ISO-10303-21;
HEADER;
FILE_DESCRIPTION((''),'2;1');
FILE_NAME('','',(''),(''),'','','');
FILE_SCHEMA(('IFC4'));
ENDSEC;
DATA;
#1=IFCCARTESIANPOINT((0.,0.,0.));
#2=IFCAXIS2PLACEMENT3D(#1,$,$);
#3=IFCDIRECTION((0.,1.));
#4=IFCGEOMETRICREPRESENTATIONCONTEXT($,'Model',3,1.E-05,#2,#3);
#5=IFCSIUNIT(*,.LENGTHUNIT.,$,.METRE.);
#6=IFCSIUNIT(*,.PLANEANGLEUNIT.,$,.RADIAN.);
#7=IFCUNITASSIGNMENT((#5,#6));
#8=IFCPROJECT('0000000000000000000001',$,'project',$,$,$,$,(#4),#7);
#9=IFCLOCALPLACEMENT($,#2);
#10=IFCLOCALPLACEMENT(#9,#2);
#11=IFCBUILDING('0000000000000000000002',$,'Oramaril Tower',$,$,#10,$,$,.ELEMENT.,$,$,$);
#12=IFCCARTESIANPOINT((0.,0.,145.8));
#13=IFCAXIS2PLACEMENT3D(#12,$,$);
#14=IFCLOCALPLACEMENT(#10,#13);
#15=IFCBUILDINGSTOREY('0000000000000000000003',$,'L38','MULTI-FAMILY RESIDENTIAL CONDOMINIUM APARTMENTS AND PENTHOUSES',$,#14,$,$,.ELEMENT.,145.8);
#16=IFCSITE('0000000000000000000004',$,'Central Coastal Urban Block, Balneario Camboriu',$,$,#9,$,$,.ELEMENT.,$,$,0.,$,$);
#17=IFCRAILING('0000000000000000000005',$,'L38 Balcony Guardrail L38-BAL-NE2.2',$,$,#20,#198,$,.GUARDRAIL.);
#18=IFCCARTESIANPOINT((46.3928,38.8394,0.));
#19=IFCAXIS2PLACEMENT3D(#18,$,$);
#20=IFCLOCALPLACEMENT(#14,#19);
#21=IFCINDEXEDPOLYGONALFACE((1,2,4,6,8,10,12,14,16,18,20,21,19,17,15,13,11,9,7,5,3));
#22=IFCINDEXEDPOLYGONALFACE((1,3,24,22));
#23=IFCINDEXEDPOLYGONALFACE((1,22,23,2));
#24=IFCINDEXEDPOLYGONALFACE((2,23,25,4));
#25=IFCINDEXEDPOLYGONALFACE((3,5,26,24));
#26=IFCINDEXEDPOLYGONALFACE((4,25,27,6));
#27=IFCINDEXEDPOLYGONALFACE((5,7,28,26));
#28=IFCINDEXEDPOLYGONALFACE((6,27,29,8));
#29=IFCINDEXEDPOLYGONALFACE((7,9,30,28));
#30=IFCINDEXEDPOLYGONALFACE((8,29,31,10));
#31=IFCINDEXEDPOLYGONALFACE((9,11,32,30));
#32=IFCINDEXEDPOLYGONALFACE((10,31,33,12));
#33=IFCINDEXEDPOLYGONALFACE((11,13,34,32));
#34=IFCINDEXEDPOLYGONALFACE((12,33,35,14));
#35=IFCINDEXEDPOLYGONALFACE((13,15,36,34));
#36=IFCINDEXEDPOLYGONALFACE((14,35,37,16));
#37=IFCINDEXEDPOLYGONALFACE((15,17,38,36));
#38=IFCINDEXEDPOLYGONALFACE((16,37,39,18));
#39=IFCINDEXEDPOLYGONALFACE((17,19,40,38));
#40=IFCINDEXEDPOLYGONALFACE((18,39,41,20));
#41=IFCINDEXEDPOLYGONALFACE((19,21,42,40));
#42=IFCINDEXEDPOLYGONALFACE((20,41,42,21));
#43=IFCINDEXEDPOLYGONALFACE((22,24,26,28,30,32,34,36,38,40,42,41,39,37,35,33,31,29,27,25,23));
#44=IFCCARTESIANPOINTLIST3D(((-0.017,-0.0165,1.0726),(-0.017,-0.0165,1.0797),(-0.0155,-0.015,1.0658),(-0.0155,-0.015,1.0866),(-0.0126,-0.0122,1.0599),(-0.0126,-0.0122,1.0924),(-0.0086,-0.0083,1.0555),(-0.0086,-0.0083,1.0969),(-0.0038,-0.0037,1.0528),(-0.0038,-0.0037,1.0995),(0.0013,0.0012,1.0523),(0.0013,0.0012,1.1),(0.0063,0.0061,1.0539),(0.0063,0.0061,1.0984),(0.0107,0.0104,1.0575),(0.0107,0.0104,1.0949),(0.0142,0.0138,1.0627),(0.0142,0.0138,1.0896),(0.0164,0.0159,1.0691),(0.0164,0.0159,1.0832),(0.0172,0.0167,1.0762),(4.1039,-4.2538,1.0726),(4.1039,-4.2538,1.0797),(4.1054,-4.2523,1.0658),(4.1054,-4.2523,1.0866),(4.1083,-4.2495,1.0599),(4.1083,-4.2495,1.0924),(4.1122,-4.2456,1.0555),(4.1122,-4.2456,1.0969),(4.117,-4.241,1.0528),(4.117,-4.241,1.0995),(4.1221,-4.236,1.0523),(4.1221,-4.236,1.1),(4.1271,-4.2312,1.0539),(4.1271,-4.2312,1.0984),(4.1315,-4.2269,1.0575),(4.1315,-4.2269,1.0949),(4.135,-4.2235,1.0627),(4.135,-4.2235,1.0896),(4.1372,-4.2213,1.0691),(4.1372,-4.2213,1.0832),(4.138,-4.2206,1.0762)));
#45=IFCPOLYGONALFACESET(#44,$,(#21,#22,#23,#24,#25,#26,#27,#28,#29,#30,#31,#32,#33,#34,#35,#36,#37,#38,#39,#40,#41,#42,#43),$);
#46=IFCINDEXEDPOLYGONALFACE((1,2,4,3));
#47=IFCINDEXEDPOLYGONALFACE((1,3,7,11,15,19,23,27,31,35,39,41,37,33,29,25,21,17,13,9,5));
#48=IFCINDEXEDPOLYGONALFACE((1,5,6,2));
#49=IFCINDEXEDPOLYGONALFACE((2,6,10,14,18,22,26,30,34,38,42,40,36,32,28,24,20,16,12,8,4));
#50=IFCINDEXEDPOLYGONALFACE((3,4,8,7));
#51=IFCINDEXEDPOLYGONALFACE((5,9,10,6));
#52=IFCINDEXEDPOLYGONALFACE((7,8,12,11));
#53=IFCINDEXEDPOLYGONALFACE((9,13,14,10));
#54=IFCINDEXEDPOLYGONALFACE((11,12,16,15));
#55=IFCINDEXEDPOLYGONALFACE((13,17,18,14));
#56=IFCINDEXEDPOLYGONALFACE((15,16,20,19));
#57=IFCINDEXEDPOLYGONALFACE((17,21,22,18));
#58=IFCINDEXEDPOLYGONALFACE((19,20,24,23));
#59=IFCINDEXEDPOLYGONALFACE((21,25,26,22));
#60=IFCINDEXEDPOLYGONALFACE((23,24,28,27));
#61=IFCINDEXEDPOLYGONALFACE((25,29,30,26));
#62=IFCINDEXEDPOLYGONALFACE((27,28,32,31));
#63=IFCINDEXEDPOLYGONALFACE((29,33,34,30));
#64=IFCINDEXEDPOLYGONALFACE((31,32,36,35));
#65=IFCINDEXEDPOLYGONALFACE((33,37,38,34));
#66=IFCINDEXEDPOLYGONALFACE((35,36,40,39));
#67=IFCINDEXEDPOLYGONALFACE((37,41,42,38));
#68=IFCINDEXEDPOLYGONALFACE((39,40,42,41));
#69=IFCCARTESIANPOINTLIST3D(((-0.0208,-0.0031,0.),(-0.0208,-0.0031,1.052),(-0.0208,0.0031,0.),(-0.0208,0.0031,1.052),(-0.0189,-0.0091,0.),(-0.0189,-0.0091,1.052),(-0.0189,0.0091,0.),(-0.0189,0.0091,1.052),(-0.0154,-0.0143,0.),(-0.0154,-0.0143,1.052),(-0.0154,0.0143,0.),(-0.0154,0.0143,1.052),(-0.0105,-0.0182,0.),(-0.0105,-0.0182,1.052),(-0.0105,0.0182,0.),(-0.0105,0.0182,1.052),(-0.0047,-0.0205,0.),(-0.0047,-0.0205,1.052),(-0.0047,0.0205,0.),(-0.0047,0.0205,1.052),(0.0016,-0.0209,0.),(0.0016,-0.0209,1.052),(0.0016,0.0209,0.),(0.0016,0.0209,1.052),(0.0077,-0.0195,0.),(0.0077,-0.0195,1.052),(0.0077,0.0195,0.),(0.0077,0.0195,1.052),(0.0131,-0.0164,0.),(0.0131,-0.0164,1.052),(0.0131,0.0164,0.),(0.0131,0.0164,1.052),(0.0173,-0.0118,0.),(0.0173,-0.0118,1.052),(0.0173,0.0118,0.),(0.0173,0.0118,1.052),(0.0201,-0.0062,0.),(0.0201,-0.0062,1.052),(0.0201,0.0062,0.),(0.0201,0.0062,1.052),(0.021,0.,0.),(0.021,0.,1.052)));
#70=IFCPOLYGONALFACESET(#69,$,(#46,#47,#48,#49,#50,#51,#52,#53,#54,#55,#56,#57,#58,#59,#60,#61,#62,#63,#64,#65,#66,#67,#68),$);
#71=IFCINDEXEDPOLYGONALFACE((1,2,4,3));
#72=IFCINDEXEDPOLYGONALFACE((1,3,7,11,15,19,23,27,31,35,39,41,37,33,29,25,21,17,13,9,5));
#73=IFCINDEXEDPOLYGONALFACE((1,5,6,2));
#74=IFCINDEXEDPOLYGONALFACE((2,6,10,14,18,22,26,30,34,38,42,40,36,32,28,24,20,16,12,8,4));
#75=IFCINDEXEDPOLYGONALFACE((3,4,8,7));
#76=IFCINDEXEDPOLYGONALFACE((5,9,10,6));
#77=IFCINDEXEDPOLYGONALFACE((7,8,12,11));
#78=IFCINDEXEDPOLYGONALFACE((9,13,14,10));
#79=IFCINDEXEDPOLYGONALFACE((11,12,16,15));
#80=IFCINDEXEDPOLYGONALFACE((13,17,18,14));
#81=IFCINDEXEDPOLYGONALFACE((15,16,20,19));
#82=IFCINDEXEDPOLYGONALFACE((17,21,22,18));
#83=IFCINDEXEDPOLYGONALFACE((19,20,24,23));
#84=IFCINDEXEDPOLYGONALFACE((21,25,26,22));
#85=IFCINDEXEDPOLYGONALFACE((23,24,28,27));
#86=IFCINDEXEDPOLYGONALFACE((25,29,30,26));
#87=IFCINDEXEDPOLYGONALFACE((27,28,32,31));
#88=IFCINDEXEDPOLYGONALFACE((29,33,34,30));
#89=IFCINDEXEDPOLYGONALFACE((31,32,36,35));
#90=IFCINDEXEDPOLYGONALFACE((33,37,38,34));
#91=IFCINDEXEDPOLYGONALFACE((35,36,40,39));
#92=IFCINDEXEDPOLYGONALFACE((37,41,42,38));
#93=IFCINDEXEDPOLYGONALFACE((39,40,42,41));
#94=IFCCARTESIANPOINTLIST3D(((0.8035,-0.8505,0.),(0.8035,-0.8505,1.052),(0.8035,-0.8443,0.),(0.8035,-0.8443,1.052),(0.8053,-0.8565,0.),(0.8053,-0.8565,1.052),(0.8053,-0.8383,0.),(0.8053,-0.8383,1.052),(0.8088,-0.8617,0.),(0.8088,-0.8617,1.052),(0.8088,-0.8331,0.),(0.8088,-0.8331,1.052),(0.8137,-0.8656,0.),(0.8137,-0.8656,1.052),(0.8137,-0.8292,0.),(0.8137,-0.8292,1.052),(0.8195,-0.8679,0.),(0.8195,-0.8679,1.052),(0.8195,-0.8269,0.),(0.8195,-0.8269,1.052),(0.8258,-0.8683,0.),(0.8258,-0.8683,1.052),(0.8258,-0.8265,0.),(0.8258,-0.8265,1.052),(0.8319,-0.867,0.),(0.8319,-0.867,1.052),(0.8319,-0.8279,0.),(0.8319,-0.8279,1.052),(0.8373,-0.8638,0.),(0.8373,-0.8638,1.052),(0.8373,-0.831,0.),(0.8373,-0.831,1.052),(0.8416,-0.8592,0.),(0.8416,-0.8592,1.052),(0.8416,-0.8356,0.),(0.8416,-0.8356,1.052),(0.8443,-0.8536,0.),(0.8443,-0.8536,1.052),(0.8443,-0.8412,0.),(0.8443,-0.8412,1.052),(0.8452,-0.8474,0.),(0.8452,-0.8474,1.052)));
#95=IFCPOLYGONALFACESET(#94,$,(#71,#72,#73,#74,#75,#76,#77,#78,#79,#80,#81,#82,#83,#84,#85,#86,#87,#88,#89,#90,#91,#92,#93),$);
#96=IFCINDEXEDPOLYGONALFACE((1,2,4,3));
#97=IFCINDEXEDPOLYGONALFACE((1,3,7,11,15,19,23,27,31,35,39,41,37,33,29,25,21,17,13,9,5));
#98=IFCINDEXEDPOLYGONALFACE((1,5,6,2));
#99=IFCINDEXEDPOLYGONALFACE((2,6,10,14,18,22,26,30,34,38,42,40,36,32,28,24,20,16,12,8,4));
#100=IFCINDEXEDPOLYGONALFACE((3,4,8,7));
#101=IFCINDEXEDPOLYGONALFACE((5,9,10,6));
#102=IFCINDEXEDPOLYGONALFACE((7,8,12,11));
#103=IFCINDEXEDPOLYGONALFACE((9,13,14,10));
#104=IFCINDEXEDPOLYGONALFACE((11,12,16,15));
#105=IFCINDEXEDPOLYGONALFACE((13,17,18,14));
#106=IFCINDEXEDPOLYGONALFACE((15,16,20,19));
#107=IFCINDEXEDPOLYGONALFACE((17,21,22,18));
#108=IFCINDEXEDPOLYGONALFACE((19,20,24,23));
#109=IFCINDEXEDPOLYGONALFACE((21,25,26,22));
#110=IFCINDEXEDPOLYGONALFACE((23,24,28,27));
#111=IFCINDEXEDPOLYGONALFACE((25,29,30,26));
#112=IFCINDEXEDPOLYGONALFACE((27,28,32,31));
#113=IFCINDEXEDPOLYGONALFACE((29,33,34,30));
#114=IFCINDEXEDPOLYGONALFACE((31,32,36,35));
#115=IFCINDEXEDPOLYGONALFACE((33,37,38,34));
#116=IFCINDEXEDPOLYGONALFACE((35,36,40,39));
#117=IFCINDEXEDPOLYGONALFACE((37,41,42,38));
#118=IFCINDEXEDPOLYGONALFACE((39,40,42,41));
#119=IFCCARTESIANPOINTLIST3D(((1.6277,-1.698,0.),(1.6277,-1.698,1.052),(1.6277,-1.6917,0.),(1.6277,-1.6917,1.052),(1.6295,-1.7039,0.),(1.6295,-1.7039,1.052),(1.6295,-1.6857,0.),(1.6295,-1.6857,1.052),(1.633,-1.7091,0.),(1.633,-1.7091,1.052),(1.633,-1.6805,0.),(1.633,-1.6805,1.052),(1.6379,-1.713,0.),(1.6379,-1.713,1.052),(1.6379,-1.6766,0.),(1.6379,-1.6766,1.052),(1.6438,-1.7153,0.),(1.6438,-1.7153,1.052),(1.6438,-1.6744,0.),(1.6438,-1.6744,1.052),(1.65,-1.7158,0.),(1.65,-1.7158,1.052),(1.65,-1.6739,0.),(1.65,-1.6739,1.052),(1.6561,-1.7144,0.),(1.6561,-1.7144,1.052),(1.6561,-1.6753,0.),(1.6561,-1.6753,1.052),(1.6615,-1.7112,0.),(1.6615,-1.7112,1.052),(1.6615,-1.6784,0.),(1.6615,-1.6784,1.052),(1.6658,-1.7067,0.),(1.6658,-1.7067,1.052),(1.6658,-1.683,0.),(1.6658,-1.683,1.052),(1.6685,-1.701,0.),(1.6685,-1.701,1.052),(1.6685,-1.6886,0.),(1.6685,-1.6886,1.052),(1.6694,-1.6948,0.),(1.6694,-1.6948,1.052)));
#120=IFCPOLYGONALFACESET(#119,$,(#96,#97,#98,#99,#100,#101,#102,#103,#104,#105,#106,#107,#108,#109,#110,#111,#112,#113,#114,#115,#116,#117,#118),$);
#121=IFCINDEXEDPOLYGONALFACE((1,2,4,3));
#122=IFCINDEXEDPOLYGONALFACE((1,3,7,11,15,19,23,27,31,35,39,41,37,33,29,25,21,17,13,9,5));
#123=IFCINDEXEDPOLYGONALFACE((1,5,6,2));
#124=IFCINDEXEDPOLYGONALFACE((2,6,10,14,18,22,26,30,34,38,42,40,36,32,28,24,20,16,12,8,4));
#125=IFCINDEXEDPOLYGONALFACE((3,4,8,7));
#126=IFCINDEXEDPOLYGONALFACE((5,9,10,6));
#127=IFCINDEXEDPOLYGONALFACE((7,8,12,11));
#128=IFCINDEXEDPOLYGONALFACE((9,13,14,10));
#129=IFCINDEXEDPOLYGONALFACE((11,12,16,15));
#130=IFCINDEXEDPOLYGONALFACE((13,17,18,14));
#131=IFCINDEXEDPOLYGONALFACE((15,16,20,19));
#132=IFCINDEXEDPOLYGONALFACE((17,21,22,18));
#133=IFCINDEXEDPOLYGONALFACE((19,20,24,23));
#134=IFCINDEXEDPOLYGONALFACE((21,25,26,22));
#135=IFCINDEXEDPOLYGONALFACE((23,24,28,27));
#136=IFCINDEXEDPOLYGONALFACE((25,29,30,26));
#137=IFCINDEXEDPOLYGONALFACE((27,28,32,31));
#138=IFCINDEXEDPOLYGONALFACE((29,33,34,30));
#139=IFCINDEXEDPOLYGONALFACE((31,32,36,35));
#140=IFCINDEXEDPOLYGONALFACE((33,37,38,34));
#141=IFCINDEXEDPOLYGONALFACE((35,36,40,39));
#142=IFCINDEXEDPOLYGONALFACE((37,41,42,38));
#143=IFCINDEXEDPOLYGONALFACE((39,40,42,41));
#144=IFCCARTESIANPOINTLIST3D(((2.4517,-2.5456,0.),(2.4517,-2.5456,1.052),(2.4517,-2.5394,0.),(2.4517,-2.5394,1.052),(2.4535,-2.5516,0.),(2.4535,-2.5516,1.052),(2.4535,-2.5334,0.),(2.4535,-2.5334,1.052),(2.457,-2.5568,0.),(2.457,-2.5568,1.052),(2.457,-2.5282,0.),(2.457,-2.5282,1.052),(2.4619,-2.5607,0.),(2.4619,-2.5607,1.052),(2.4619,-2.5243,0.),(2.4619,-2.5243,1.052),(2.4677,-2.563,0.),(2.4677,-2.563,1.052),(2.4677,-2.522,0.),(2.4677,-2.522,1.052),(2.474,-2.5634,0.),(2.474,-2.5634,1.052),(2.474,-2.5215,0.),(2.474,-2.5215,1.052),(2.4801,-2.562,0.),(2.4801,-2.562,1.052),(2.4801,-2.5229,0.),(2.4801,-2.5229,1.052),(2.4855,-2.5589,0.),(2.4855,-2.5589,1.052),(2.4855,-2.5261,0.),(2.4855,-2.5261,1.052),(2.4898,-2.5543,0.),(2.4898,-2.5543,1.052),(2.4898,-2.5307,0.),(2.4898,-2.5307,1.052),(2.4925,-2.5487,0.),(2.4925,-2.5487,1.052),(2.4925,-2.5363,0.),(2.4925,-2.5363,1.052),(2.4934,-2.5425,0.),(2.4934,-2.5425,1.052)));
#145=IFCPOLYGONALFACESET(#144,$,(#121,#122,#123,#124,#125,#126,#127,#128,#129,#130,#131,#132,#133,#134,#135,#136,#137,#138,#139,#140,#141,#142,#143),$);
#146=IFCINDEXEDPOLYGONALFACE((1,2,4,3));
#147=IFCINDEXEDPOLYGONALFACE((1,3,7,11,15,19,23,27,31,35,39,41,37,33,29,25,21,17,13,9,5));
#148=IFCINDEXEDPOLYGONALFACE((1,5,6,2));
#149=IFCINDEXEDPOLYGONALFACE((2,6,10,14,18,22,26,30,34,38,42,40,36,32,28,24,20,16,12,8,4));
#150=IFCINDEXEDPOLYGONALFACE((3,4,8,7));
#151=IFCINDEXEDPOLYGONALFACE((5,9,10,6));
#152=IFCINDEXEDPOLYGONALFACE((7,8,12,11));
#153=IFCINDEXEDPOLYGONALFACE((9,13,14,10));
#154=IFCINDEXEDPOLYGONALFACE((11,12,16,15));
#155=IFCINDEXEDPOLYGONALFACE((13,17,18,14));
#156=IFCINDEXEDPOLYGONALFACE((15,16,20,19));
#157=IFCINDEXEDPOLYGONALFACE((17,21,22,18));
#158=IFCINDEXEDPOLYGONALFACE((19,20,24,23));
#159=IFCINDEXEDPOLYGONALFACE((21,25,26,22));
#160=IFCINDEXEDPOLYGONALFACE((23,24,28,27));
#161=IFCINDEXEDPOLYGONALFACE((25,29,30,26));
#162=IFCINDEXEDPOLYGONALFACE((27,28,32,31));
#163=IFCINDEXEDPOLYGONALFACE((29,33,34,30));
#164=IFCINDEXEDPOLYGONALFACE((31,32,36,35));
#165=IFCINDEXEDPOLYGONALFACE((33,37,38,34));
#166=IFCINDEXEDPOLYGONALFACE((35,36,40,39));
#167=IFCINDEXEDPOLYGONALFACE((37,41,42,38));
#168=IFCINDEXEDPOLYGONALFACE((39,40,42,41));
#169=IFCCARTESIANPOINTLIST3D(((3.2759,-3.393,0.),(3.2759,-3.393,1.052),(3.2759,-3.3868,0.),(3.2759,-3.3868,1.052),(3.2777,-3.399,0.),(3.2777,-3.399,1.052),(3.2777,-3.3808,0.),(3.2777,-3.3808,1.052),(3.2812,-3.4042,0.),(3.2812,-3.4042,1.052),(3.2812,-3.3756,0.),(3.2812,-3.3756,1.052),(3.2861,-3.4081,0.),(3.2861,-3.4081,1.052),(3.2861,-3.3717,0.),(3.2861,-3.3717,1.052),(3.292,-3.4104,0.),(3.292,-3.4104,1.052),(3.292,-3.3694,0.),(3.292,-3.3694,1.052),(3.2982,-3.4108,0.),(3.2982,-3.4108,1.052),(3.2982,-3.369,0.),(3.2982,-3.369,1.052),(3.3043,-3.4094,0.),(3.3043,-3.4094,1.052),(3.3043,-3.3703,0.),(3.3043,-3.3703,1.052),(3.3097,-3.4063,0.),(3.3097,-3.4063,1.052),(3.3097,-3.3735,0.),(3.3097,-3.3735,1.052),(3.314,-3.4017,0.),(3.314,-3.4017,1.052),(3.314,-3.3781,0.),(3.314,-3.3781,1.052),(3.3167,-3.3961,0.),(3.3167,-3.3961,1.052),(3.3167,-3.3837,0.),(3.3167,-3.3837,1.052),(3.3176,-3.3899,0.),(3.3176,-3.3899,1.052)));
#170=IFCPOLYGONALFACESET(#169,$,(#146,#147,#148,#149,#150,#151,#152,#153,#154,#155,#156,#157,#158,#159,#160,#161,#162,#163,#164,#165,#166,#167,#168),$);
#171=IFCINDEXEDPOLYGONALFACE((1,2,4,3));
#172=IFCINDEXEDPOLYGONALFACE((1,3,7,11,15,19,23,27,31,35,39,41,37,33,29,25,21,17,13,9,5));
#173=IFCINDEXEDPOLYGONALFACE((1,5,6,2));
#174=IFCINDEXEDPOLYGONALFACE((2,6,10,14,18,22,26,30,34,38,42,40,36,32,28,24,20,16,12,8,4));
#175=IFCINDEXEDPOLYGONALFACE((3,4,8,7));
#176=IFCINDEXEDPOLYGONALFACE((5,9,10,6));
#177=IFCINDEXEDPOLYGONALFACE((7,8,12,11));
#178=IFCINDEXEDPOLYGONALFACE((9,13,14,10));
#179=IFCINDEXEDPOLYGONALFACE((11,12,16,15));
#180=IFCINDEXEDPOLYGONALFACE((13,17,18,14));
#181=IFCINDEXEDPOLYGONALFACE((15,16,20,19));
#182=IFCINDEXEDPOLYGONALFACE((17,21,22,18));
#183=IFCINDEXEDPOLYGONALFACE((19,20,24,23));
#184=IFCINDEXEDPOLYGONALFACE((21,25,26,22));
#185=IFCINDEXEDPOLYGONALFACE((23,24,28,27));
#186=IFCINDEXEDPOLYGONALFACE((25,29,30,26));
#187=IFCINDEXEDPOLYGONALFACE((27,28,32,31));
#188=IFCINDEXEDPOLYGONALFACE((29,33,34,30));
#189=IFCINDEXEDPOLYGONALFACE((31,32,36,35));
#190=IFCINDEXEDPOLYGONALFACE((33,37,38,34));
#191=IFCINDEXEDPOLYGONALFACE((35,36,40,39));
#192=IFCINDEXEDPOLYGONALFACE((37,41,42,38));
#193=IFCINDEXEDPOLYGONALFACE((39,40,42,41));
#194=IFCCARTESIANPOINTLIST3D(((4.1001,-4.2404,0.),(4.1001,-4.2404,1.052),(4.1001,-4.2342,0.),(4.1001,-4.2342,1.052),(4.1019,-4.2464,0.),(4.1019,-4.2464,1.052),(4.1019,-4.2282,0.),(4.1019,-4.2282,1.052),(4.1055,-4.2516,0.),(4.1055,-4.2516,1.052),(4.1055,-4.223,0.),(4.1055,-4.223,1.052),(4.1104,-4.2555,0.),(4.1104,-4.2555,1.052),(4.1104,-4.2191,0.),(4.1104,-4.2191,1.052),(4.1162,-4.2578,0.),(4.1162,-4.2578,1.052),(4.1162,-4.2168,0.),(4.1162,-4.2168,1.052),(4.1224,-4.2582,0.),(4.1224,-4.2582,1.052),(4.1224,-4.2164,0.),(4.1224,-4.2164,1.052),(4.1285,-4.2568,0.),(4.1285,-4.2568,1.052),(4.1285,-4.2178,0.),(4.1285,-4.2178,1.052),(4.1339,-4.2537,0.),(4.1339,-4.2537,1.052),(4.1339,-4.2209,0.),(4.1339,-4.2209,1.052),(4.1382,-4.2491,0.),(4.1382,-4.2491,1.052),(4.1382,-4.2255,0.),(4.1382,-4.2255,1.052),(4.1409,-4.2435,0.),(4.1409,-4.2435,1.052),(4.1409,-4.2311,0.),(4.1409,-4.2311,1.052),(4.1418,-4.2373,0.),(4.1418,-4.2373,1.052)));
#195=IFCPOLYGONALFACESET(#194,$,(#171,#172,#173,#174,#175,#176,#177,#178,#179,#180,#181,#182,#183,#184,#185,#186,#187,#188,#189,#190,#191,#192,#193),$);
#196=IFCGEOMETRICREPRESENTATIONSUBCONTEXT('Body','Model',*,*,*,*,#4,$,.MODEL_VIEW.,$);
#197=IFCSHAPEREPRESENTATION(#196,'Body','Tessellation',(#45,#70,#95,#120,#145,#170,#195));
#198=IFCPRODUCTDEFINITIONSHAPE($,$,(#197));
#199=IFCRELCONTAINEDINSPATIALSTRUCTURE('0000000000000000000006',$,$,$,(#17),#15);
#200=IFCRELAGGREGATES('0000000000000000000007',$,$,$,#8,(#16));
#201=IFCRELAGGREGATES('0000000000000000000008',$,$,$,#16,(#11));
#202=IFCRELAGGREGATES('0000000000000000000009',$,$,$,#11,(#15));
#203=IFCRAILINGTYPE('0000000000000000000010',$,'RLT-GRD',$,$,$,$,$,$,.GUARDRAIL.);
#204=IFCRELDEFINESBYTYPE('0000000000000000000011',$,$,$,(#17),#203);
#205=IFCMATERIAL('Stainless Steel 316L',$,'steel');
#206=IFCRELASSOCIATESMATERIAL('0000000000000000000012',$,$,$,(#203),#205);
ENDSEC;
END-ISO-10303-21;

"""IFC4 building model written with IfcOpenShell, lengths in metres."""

from ifc_helpers import new_model, si_unit, direction, frame, origin, origin_2d, place, context, subcontext, project, spatial, circle, extrude, material, type_object, element, save


model = new_model("IFC4")

# Units and contexts
model_context = context("Model", 3, precision=1e-05, world=origin(), true_north=direction((0.0, 1.0)))
body_context = subcontext(model_context, "Body", "Model", "MODEL_VIEW")
ifc_project = project(units=[si_unit("LENGTHUNIT", "METRE"), si_unit("PLANEANGLEUNIT", "RADIAN")], contexts=[model_context])

# Site, building, storey
site_placement = place(None, origin())
site = spatial("IfcSite", under=ifc_project, at=site_placement, Name="Central Coastal Urban Block, Balneario Camboriu", CompositionType="ELEMENT", RefElevation=0.0)
building_placement = place(site_placement, origin())
building = spatial("IfcBuilding", under=site, at=building_placement, Name="Oramaril Tower", CompositionType="ELEMENT")
storey_placement = place(building_placement, frame((0.0, 0.0, 145.8)))
storey = spatial("IfcBuildingStorey", under=building, at=storey_placement, Name="L38", Description="MULTI-FAMILY RESIDENTIAL CONDOMINIUM APARTMENTS AND PENTHOUSES", CompositionType="ELEMENT", Elevation=145.8)

# Railing
ifc_material_1 = material(Name="Stainless Steel 316L", Category="steel")
railing_type = type_object("IfcRailingType", Name="RLT-GRD", PredefinedType="GUARDRAIL", material=ifc_material_1)
railing_1_placement = place(storey_placement, frame((46.3928, 38.8394, 0.0)))
element("IfcRailing", 1, at=railing_1_placement, inside=storey, type_object=railing_type, Name="L38 Balcony Guardrail L38-BAL-NE2.2", PredefinedType="GUARDRAIL", context=body_context, shape_type="SweptSolid", body=[
    extrude(circle(Radius=0.0239, at=origin_2d()), frame((0.0, 0.0, 1.0762), z_axis=(0.697187, -0.716889, 0.0), x_axis=(0.716889, 0.697187, 0.0)), (0.0, 0.0, 1.0), 5.9106),
    extrude(circle(Radius=0.021, at=origin_2d()), origin(), (0.0, 0.0, 1.0), 1.052),
    extrude(circle(Radius=0.021, at=origin_2d()), frame((0.8242, -0.8474, 0.0)), (0.0, 0.0, 1.0), 1.052),
    extrude(circle(Radius=0.021, at=origin_2d()), frame((1.6484, -1.6948, 0.0)), (0.0, 0.0, 1.0), 1.052),
    extrude(circle(Radius=0.021, at=origin_2d()), frame((2.4724, -2.5425, 0.0)), (0.0, 0.0, 1.0), 1.052),
    extrude(circle(Radius=0.021, at=origin_2d()), frame((3.2966, -3.3899, 0.0)), (0.0, 0.0, 1.0), 1.052),
    extrude(circle(Radius=0.021, at=origin_2d()), frame((4.1208, -4.2373, 0.0)), (0.0, 0.0, 1.0), 1.052),
])

save(model, "model.ifc")
